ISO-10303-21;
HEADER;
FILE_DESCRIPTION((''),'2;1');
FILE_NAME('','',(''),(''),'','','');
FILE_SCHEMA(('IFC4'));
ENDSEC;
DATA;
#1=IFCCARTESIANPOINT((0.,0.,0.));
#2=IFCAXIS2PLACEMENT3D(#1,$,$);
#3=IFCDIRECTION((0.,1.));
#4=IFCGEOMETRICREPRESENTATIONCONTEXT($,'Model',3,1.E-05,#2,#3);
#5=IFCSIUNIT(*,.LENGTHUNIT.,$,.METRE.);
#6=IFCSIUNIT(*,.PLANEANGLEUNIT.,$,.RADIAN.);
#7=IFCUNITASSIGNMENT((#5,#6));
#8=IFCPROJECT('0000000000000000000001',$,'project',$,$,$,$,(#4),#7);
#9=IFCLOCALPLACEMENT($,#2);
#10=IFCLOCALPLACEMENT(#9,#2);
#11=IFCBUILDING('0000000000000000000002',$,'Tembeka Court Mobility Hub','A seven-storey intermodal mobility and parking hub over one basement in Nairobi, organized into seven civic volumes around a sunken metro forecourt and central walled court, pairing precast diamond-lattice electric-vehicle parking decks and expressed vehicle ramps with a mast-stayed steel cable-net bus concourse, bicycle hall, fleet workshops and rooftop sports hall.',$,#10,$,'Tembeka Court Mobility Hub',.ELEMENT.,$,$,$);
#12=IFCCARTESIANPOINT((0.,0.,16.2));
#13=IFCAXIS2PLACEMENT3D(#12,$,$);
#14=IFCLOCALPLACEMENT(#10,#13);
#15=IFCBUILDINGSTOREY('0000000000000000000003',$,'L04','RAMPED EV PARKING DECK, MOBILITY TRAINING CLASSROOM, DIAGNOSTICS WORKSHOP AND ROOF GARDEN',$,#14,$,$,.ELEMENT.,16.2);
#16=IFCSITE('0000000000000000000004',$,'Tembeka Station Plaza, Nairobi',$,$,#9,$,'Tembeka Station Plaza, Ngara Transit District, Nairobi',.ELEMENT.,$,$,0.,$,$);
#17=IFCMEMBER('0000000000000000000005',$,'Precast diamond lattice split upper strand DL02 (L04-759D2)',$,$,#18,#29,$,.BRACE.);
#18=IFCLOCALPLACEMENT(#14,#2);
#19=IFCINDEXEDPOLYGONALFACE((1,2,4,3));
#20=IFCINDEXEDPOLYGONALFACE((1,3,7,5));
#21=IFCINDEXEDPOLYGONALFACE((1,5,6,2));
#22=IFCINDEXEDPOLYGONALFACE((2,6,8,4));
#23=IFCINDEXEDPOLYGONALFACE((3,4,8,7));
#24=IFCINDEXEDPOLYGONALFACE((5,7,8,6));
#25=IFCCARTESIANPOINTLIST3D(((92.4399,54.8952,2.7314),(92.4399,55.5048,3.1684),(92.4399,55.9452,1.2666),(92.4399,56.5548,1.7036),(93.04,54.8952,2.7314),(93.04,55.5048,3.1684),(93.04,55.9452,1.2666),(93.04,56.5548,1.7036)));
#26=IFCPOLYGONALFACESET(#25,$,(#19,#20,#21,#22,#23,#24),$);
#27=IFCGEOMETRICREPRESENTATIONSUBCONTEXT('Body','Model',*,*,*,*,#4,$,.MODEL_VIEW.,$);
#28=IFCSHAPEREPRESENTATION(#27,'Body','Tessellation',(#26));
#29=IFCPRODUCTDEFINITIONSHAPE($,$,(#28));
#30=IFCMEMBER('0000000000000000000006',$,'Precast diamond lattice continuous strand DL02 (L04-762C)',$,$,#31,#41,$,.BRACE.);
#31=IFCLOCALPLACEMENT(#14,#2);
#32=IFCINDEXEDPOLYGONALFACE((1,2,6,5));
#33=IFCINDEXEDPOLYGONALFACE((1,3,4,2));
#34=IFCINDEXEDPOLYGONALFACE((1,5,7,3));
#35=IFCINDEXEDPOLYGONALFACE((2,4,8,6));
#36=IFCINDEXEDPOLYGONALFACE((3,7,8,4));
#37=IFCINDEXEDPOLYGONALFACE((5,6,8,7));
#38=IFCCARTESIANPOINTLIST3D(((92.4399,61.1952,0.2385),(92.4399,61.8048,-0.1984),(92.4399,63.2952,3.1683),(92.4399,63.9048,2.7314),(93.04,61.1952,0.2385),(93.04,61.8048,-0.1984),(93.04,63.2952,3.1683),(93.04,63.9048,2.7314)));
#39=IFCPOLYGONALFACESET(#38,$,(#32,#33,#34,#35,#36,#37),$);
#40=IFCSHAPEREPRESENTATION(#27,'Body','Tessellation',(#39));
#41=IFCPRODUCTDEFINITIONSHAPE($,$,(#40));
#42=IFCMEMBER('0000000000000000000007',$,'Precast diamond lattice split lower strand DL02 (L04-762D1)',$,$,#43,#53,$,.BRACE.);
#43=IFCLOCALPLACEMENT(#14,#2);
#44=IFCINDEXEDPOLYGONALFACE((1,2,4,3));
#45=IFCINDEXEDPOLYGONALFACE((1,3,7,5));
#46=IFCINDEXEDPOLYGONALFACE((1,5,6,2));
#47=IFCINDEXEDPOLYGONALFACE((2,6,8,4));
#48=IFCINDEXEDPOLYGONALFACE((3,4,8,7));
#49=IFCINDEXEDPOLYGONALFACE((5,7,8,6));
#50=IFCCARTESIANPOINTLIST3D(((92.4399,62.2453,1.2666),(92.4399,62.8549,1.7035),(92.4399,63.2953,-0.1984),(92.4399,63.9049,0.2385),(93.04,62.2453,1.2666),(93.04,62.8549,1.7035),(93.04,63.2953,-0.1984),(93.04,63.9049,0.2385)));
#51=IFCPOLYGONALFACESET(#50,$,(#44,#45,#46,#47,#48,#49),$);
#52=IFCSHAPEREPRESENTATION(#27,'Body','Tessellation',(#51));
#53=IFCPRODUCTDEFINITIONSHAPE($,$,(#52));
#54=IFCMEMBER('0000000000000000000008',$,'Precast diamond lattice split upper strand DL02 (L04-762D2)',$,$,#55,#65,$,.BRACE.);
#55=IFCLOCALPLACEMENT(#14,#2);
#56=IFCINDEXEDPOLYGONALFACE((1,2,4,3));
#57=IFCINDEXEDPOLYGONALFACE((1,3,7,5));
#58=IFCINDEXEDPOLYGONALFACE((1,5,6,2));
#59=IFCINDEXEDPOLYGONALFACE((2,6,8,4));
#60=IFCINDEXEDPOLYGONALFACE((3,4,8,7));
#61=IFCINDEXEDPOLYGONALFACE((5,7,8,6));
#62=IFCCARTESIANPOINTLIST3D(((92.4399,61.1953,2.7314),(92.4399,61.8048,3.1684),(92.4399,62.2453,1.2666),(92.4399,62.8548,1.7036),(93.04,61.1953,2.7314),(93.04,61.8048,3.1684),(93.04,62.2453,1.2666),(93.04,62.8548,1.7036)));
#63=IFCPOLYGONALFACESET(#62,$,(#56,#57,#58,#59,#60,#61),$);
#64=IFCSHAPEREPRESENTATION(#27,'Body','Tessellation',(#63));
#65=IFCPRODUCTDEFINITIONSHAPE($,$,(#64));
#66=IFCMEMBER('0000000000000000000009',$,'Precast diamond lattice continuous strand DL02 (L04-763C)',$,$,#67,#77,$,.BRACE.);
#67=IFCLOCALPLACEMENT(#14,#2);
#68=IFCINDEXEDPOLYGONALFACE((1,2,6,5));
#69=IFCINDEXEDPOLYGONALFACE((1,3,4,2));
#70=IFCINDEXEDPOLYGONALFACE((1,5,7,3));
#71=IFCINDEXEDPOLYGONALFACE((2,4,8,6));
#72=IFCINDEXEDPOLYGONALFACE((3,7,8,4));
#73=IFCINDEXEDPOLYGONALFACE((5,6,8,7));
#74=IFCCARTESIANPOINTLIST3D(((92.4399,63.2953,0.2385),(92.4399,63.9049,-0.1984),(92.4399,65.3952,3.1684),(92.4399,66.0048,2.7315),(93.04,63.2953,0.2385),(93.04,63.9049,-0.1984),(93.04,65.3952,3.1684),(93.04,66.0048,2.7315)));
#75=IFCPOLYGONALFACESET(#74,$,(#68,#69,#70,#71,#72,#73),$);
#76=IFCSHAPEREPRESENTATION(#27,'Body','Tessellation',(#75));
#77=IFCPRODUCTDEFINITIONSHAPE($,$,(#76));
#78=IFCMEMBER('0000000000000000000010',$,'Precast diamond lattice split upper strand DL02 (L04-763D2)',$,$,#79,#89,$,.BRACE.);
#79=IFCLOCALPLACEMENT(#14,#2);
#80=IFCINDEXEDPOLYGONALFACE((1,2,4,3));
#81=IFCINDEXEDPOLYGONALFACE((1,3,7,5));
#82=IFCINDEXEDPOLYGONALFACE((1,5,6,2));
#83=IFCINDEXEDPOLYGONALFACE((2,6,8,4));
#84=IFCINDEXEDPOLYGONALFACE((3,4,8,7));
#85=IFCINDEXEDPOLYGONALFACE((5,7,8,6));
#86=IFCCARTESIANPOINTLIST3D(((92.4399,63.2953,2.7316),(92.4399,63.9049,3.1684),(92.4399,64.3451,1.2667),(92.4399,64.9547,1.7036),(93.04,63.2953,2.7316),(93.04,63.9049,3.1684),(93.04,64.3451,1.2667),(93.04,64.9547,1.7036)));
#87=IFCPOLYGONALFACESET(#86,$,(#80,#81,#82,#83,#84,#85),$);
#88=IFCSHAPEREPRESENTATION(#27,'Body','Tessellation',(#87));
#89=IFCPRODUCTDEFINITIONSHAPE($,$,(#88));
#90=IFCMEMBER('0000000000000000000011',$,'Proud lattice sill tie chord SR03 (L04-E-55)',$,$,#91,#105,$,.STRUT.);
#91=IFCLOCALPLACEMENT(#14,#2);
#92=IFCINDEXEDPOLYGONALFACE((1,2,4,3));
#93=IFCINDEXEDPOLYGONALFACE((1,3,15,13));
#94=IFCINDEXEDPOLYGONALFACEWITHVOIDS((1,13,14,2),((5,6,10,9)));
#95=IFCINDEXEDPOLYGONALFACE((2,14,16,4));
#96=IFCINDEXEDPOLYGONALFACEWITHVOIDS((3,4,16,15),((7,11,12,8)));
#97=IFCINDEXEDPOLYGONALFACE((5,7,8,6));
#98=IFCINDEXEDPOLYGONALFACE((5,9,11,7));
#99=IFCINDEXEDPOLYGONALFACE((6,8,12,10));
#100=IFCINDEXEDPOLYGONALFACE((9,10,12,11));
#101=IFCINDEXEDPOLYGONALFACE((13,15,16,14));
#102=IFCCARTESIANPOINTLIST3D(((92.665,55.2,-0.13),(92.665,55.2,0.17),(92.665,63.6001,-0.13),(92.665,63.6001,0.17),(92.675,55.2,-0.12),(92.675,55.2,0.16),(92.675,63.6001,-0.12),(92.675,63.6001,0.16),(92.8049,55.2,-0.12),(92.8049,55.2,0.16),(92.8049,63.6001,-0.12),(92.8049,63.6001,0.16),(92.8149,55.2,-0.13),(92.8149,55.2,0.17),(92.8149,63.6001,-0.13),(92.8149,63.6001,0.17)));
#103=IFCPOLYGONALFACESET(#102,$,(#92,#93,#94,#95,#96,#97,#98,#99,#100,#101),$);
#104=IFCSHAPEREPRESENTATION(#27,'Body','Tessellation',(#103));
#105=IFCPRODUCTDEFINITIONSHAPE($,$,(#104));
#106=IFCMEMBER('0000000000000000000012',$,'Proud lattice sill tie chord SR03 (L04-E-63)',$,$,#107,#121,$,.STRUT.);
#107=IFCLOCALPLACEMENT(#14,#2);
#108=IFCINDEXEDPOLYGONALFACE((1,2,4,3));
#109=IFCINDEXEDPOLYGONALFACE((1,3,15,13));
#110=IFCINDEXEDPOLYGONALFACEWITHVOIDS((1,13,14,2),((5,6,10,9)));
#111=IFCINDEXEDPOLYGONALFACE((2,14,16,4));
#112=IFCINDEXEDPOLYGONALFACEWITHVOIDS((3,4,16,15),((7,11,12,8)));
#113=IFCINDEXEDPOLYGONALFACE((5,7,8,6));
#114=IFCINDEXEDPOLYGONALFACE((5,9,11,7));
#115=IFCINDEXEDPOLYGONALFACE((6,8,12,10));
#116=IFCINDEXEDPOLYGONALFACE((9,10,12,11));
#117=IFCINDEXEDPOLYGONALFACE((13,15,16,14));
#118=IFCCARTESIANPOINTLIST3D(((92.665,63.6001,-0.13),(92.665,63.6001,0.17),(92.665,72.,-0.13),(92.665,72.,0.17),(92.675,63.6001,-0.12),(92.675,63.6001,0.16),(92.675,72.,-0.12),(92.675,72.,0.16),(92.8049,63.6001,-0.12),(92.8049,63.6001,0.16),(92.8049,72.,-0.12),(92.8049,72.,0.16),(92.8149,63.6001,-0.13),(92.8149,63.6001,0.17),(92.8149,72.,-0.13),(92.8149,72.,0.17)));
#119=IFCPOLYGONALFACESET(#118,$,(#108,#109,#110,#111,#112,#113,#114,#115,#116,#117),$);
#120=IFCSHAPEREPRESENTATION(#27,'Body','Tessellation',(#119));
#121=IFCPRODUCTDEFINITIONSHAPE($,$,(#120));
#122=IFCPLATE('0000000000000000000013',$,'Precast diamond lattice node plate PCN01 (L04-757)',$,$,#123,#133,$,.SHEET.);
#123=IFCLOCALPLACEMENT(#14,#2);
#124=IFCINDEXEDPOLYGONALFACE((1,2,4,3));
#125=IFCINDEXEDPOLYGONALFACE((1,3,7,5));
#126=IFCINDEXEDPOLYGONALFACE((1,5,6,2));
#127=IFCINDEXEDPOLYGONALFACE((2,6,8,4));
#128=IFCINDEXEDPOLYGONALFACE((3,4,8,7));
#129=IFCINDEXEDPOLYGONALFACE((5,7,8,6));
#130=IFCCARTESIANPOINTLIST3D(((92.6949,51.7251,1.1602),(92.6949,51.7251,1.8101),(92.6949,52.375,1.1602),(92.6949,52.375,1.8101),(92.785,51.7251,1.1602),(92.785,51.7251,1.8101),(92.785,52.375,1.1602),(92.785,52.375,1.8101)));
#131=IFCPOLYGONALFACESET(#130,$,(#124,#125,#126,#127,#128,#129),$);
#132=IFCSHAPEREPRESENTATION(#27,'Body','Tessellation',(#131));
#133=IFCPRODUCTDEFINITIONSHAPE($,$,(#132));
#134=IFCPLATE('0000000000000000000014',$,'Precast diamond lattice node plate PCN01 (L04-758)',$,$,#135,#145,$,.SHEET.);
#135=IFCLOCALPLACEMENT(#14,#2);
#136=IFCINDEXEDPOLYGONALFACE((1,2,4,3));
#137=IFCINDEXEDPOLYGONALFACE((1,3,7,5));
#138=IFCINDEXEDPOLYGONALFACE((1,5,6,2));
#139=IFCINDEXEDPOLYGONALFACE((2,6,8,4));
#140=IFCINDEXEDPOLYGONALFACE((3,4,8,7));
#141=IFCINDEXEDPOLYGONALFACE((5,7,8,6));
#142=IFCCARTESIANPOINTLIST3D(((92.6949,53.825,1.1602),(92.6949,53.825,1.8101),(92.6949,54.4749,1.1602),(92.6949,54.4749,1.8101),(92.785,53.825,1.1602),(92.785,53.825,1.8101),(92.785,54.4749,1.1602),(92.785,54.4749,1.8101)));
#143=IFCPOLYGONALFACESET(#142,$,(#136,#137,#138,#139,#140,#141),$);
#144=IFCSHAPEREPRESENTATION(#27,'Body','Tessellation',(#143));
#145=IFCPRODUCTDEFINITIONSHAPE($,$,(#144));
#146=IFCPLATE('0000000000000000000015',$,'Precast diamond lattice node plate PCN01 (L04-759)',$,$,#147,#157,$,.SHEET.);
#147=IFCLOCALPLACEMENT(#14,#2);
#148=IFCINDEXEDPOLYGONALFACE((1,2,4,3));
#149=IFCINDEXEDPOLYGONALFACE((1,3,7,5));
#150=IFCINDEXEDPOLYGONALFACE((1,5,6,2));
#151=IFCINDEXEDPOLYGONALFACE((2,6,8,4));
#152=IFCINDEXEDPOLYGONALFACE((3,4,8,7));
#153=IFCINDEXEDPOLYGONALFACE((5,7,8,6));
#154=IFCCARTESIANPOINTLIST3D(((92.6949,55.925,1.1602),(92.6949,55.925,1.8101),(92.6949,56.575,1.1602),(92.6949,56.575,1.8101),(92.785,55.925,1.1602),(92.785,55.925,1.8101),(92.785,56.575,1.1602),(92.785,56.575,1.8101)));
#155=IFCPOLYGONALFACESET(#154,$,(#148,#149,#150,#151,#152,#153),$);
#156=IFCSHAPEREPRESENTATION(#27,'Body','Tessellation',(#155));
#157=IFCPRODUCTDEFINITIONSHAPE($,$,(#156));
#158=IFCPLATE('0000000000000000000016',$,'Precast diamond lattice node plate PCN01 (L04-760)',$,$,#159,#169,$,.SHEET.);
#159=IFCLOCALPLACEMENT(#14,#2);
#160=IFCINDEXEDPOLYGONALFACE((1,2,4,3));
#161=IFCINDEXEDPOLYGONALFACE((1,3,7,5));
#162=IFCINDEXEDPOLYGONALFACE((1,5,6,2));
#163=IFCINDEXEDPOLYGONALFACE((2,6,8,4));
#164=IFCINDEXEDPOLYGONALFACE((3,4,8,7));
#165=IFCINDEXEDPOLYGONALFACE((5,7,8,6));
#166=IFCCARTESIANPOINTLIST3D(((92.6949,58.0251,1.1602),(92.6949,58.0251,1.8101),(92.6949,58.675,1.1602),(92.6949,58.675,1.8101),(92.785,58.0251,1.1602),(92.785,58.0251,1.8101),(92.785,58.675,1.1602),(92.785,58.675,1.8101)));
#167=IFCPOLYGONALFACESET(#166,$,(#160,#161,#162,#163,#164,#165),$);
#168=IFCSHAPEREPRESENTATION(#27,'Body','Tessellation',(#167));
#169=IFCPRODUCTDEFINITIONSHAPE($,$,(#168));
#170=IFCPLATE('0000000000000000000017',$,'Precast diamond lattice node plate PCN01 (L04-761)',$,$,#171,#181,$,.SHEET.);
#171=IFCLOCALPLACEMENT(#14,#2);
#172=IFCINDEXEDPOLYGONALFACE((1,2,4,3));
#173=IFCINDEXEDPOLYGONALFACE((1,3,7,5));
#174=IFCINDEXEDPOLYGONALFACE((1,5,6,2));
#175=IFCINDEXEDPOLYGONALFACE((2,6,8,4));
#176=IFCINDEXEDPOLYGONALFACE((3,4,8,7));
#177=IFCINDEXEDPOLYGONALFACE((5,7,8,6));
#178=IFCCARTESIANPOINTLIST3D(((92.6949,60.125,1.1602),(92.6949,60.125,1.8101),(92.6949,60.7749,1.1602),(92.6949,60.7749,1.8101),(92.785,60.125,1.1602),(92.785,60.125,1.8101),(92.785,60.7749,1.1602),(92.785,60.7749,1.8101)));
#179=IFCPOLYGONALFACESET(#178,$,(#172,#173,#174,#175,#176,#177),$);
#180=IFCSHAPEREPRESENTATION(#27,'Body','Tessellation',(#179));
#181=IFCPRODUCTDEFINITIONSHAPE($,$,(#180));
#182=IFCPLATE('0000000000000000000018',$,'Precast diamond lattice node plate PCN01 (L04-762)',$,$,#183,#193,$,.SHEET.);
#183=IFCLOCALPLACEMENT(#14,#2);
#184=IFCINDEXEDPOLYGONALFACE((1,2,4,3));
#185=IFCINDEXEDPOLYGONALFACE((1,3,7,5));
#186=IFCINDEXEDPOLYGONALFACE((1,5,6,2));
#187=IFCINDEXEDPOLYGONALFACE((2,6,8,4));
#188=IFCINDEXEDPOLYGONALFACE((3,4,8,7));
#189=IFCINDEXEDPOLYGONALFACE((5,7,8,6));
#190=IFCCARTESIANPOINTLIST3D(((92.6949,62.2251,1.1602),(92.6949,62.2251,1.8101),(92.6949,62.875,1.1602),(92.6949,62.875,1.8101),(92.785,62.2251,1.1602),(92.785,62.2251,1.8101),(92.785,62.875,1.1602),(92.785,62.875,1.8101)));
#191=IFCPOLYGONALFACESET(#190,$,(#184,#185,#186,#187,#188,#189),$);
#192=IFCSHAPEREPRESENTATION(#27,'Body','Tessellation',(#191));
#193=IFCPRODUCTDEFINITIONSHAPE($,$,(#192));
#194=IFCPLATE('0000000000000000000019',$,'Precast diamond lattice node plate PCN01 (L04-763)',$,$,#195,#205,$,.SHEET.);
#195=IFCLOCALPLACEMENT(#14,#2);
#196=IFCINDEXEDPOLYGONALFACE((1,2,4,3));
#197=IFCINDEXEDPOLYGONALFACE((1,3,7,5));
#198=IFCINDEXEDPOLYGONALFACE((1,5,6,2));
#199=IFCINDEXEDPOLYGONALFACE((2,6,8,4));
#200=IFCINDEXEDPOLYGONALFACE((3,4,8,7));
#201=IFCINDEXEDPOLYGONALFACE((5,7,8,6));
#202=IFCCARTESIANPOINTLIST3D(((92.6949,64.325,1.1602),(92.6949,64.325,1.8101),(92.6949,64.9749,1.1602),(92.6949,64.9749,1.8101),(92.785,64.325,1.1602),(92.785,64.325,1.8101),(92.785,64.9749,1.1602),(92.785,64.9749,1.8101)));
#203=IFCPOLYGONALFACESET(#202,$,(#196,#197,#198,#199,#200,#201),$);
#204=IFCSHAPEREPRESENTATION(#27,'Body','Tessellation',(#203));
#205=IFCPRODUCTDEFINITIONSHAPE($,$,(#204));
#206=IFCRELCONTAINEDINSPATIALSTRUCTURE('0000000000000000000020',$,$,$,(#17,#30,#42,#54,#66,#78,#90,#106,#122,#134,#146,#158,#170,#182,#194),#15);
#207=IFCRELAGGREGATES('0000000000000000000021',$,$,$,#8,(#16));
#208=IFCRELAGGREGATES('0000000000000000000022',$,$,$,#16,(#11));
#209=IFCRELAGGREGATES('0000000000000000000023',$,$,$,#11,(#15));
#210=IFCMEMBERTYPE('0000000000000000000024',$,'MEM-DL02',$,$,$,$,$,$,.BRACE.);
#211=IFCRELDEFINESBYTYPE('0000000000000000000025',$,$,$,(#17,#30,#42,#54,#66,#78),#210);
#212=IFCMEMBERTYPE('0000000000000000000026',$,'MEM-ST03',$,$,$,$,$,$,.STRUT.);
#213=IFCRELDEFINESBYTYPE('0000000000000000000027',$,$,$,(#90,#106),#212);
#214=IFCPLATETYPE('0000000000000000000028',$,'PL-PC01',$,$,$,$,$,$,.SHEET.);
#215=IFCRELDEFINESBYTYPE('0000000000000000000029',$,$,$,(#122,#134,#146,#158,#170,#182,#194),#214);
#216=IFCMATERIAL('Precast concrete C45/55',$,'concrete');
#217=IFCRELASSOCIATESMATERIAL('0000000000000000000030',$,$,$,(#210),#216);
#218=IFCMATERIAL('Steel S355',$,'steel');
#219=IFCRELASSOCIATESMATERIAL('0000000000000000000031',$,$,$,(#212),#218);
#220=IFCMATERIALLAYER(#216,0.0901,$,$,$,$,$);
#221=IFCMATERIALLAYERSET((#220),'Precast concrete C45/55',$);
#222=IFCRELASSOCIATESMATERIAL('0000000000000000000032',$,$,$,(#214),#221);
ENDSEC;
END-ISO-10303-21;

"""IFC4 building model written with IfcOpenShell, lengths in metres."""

from ifc_helpers import new_model, si_unit, direction, frame, origin, origin_2d, place, context, subcontext, project, spatial, rectangle, hollow_rectangle, extrude, material, layer, layer_set, material_profile, profile_set, type_object, element, save


model = new_model("IFC4")

# Units and contexts
model_context = context("Model", 3, precision=1e-05, world=origin(), true_north=direction((0.0, 1.0)))
body_context = subcontext(model_context, "Body", "Model", "MODEL_VIEW")
ifc_project = project(units=[si_unit("LENGTHUNIT", "METRE"), si_unit("PLANEANGLEUNIT", "RADIAN")], contexts=[model_context])

# Site, building, storey
site_placement = place(None, origin())
site = spatial("IfcSite", under=ifc_project, at=site_placement, Name="Tembeka Station Plaza, Nairobi", LongName="Tembeka Station Plaza, Ngara Transit District, Nairobi", CompositionType="ELEMENT", RefElevation=0.0)
building_placement = place(site_placement, origin())
building = spatial("IfcBuilding", under=site, at=building_placement, Name="Tembeka Court Mobility Hub", Description="A seven-storey intermodal mobility and parking hub over one basement in Nairobi, organized into seven civic volumes around a sunken metro forecourt and central walled court, pairing precast diamond-lattice electric-vehicle parking decks and expressed vehicle ramps with a mast-stayed steel cable-net bus concourse, bicycle hall, fleet workshops and rooftop sports hall.", LongName="Tembeka Court Mobility Hub", CompositionType="ELEMENT")
storey_placement = place(building_placement, frame((0.0, 0.0, 16.2)))
storey = spatial("IfcBuildingStorey", under=building, at=storey_placement, Name="L04", Description="RAMPED EV PARKING DECK, MOBILITY TRAINING CLASSROOM, DIAGNOSTICS WORKSHOP AND ROOF GARDEN", CompositionType="ELEMENT", Elevation=16.2)

# Members
ifc_material_1 = material(Name="Precast concrete C45/55", Category="concrete")
ifc_material_profile_1 = material_profile(ifc_material_1, rectangle(XDim=0.6001, YDim=0.75, at=origin_2d()), Name="PC-DIAG 600x750")
ifc_profile_set_1 = profile_set([ifc_material_profile_1], Name="Precast concrete C45/55")
member_type_1 = type_object("IfcMemberType", Name="MEM-DL02", PredefinedType="BRACE", material=ifc_profile_set_1)
member_1_placement = place(storey_placement, frame((92.74, 56.25, 1.4851), z_axis=(0.0, -0.582608, 0.812753), x_axis=(1.0, 0.0, 0.0)))
element("IfcMember", 1, at=member_1_placement, inside=storey, type_object=member_type_1, Name="Precast diamond lattice split upper strand DL02 (L04-759D2)", PredefinedType="BRACE", context=body_context, shape_type="SweptSolid", body=[
    extrude(rectangle(XDim=0.6001, YDim=0.75, at=origin_2d()), origin(), (0.0, 0.0, 1.0), 1.8022),
])
member_2_placement = place(storey_placement, frame((92.74, 61.5, 0.02), z_axis=(0.0, 0.582576, 0.812776), x_axis=(-1.0, 0.0, 0.0)))
element("IfcMember", 2, at=member_2_placement, inside=storey, type_object=member_type_1, Name="Precast diamond lattice continuous strand DL02 (L04-762C)", PredefinedType="BRACE", context=body_context, shape_type="SweptSolid", body=[
    extrude(rectangle(XDim=0.6001, YDim=0.75, at=origin_2d()), origin(), (0.0, 0.0, 1.0), 3.6047),
])
member_3_placement = place(storey_placement, frame((92.74, 63.6001, 0.02), z_axis=(0.0, -0.582544, 0.812799), x_axis=(1.0, 0.0, 0.0)))
element("IfcMember", 3, at=member_3_placement, inside=storey, type_object=member_type_1, Name="Precast diamond lattice split lower strand DL02 (L04-762D1)", PredefinedType="BRACE", context=body_context, shape_type="SweptSolid", body=[
    extrude(rectangle(XDim=0.6001, YDim=0.75, at=origin_2d()), origin(), (0.0, 0.0, 1.0), 1.8025),
])
member_4_placement = place(storey_placement, frame((92.74, 62.55, 1.4851), z_axis=(0.0, -0.582608, 0.812753), x_axis=(1.0, 0.0, 0.0)))
element("IfcMember", 4, at=member_4_placement, inside=storey, type_object=member_type_1, Name="Precast diamond lattice split upper strand DL02 (L04-762D2)", PredefinedType="BRACE", context=body_context, shape_type="SweptSolid", body=[
    extrude(rectangle(XDim=0.6001, YDim=0.75, at=origin_2d()), origin(), (0.0, 0.0, 1.0), 1.8022),
])
member_5_placement = place(storey_placement, frame((92.74, 63.6001, 0.02), z_axis=(0.0, 0.582532, 0.812808), x_axis=(-1.0, 0.0, 0.0)))
element("IfcMember", 5, at=member_5_placement, inside=storey, type_object=member_type_1, Name="Precast diamond lattice continuous strand DL02 (L04-763C)", PredefinedType="BRACE", context=body_context, shape_type="SweptSolid", body=[
    extrude(rectangle(XDim=0.6001, YDim=0.75, at=origin_2d()), origin(), (0.0, 0.0, 1.0), 3.6047),
])
member_6_placement = place(storey_placement, frame((92.74, 64.6499, 1.4851), z_axis=(0.0, -0.582519, 0.812817), x_axis=(1.0, 0.0, 0.0)))
element("IfcMember", 6, at=member_6_placement, inside=storey, type_object=member_type_1, Name="Precast diamond lattice split upper strand DL02 (L04-763D2)", PredefinedType="BRACE", context=body_context, shape_type="SweptSolid", body=[
    extrude(rectangle(XDim=0.6001, YDim=0.75, at=origin_2d()), origin(), (0.0, 0.0, 1.0), 1.8022),
])
ifc_material_2 = material(Name="Steel S355", Category="steel")
ifc_material_profile_2 = material_profile(ifc_material_2, hollow_rectangle(XDim=0.1499, YDim=0.3, WallThickness=0.01, at=origin_2d()), Name="RHS 300x150x10")
ifc_profile_set_2 = profile_set([ifc_material_profile_2], Name="Steel S355")
member_type_2 = type_object("IfcMemberType", Name="MEM-ST03", PredefinedType="STRUT", material=ifc_profile_set_2)
member_7_placement = place(storey_placement, frame((92.74, 55.2, 0.02), z_axis=(0.0, 1.0, 0.0), x_axis=(-1.0, 0.0, 0.0)))
element("IfcMember", 7, at=member_7_placement, inside=storey, type_object=member_type_2, Name="Proud lattice sill tie chord SR03 (L04-E-55)", PredefinedType="STRUT", context=body_context, shape_type="SweptSolid", body=[
    extrude(hollow_rectangle(XDim=0.1499, YDim=0.3, WallThickness=0.01, at=origin_2d()), origin(), (0.0, 0.0, 1.0), 8.4001),
])
member_8_placement = place(storey_placement, frame((92.74, 63.6001, 0.02), z_axis=(0.0, 1.0, 0.0), x_axis=(-1.0, 0.0, 0.0)))
element("IfcMember", 8, at=member_8_placement, inside=storey, type_object=member_type_2, Name="Proud lattice sill tie chord SR03 (L04-E-63)", PredefinedType="STRUT", context=body_context, shape_type="SweptSolid", body=[
    extrude(hollow_rectangle(XDim=0.1499, YDim=0.3, WallThickness=0.01, at=origin_2d()), origin(), (0.0, 0.0, 1.0), 8.3999),
])

# Plates
ifc_layer = layer(ifc_material_1, 0.0901)
ifc_layer_set = layer_set([ifc_layer], Name="Precast concrete C45/55")
plate_type = type_object("IfcPlateType", Name="PL-PC01", PredefinedType="SHEET", material=ifc_layer_set)
for number, where, z_axis, x_axis, name in (
    (9, (92.74, 52.05, 1.1602), (0.0, 0.0, 1.0), (1.0, 0.0, 0.0), "Precast diamond lattice node plate PCN01 (L04-757)"),
    (10, (92.74, 54.1499, 1.1602), (0.0, 0.0, 1.0), (1.0, 0.0, 0.0), "Precast diamond lattice node plate PCN01 (L04-758)"),
    (11, (92.74, 56.25, 1.1602), (0.0, 0.0, 1.0), (1.0, 0.0, 0.0), "Precast diamond lattice node plate PCN01 (L04-759)"),
    (12, (92.74, 58.3501, 1.1602), (0.0, 0.0, 1.0), (1.0, 0.0, 0.0), "Precast diamond lattice node plate PCN01 (L04-760)"),
    (13, (92.74, 60.45, 1.1602), (0.0, 0.0, 1.0), (1.0, 0.0, 0.0), "Precast diamond lattice node plate PCN01 (L04-761)"),
    (14, (92.74, 62.55, 1.1602), (0.0, 0.0, 1.0), (1.0, 0.0, 0.0), "Precast diamond lattice node plate PCN01 (L04-762)"),
    (15, (92.74, 64.6499, 1.1602), (0.0, 0.0, 1.0), (1.0, 0.0, 0.0), "Precast diamond lattice node plate PCN01 (L04-763)"),
):
    element("IfcPlate", number, at=place(storey_placement, frame(where, z_axis=z_axis, x_axis=x_axis)), inside=storey, type_object=plate_type, Name=name, PredefinedType="SHEET", context=body_context, shape_type="SweptSolid", body=[
        extrude(rectangle(XDim=0.0901, YDim=0.6499, at=origin_2d()), origin(), (0.0, 0.0, 1.0), 0.6499),
    ])

save(model, "model.ifc")
